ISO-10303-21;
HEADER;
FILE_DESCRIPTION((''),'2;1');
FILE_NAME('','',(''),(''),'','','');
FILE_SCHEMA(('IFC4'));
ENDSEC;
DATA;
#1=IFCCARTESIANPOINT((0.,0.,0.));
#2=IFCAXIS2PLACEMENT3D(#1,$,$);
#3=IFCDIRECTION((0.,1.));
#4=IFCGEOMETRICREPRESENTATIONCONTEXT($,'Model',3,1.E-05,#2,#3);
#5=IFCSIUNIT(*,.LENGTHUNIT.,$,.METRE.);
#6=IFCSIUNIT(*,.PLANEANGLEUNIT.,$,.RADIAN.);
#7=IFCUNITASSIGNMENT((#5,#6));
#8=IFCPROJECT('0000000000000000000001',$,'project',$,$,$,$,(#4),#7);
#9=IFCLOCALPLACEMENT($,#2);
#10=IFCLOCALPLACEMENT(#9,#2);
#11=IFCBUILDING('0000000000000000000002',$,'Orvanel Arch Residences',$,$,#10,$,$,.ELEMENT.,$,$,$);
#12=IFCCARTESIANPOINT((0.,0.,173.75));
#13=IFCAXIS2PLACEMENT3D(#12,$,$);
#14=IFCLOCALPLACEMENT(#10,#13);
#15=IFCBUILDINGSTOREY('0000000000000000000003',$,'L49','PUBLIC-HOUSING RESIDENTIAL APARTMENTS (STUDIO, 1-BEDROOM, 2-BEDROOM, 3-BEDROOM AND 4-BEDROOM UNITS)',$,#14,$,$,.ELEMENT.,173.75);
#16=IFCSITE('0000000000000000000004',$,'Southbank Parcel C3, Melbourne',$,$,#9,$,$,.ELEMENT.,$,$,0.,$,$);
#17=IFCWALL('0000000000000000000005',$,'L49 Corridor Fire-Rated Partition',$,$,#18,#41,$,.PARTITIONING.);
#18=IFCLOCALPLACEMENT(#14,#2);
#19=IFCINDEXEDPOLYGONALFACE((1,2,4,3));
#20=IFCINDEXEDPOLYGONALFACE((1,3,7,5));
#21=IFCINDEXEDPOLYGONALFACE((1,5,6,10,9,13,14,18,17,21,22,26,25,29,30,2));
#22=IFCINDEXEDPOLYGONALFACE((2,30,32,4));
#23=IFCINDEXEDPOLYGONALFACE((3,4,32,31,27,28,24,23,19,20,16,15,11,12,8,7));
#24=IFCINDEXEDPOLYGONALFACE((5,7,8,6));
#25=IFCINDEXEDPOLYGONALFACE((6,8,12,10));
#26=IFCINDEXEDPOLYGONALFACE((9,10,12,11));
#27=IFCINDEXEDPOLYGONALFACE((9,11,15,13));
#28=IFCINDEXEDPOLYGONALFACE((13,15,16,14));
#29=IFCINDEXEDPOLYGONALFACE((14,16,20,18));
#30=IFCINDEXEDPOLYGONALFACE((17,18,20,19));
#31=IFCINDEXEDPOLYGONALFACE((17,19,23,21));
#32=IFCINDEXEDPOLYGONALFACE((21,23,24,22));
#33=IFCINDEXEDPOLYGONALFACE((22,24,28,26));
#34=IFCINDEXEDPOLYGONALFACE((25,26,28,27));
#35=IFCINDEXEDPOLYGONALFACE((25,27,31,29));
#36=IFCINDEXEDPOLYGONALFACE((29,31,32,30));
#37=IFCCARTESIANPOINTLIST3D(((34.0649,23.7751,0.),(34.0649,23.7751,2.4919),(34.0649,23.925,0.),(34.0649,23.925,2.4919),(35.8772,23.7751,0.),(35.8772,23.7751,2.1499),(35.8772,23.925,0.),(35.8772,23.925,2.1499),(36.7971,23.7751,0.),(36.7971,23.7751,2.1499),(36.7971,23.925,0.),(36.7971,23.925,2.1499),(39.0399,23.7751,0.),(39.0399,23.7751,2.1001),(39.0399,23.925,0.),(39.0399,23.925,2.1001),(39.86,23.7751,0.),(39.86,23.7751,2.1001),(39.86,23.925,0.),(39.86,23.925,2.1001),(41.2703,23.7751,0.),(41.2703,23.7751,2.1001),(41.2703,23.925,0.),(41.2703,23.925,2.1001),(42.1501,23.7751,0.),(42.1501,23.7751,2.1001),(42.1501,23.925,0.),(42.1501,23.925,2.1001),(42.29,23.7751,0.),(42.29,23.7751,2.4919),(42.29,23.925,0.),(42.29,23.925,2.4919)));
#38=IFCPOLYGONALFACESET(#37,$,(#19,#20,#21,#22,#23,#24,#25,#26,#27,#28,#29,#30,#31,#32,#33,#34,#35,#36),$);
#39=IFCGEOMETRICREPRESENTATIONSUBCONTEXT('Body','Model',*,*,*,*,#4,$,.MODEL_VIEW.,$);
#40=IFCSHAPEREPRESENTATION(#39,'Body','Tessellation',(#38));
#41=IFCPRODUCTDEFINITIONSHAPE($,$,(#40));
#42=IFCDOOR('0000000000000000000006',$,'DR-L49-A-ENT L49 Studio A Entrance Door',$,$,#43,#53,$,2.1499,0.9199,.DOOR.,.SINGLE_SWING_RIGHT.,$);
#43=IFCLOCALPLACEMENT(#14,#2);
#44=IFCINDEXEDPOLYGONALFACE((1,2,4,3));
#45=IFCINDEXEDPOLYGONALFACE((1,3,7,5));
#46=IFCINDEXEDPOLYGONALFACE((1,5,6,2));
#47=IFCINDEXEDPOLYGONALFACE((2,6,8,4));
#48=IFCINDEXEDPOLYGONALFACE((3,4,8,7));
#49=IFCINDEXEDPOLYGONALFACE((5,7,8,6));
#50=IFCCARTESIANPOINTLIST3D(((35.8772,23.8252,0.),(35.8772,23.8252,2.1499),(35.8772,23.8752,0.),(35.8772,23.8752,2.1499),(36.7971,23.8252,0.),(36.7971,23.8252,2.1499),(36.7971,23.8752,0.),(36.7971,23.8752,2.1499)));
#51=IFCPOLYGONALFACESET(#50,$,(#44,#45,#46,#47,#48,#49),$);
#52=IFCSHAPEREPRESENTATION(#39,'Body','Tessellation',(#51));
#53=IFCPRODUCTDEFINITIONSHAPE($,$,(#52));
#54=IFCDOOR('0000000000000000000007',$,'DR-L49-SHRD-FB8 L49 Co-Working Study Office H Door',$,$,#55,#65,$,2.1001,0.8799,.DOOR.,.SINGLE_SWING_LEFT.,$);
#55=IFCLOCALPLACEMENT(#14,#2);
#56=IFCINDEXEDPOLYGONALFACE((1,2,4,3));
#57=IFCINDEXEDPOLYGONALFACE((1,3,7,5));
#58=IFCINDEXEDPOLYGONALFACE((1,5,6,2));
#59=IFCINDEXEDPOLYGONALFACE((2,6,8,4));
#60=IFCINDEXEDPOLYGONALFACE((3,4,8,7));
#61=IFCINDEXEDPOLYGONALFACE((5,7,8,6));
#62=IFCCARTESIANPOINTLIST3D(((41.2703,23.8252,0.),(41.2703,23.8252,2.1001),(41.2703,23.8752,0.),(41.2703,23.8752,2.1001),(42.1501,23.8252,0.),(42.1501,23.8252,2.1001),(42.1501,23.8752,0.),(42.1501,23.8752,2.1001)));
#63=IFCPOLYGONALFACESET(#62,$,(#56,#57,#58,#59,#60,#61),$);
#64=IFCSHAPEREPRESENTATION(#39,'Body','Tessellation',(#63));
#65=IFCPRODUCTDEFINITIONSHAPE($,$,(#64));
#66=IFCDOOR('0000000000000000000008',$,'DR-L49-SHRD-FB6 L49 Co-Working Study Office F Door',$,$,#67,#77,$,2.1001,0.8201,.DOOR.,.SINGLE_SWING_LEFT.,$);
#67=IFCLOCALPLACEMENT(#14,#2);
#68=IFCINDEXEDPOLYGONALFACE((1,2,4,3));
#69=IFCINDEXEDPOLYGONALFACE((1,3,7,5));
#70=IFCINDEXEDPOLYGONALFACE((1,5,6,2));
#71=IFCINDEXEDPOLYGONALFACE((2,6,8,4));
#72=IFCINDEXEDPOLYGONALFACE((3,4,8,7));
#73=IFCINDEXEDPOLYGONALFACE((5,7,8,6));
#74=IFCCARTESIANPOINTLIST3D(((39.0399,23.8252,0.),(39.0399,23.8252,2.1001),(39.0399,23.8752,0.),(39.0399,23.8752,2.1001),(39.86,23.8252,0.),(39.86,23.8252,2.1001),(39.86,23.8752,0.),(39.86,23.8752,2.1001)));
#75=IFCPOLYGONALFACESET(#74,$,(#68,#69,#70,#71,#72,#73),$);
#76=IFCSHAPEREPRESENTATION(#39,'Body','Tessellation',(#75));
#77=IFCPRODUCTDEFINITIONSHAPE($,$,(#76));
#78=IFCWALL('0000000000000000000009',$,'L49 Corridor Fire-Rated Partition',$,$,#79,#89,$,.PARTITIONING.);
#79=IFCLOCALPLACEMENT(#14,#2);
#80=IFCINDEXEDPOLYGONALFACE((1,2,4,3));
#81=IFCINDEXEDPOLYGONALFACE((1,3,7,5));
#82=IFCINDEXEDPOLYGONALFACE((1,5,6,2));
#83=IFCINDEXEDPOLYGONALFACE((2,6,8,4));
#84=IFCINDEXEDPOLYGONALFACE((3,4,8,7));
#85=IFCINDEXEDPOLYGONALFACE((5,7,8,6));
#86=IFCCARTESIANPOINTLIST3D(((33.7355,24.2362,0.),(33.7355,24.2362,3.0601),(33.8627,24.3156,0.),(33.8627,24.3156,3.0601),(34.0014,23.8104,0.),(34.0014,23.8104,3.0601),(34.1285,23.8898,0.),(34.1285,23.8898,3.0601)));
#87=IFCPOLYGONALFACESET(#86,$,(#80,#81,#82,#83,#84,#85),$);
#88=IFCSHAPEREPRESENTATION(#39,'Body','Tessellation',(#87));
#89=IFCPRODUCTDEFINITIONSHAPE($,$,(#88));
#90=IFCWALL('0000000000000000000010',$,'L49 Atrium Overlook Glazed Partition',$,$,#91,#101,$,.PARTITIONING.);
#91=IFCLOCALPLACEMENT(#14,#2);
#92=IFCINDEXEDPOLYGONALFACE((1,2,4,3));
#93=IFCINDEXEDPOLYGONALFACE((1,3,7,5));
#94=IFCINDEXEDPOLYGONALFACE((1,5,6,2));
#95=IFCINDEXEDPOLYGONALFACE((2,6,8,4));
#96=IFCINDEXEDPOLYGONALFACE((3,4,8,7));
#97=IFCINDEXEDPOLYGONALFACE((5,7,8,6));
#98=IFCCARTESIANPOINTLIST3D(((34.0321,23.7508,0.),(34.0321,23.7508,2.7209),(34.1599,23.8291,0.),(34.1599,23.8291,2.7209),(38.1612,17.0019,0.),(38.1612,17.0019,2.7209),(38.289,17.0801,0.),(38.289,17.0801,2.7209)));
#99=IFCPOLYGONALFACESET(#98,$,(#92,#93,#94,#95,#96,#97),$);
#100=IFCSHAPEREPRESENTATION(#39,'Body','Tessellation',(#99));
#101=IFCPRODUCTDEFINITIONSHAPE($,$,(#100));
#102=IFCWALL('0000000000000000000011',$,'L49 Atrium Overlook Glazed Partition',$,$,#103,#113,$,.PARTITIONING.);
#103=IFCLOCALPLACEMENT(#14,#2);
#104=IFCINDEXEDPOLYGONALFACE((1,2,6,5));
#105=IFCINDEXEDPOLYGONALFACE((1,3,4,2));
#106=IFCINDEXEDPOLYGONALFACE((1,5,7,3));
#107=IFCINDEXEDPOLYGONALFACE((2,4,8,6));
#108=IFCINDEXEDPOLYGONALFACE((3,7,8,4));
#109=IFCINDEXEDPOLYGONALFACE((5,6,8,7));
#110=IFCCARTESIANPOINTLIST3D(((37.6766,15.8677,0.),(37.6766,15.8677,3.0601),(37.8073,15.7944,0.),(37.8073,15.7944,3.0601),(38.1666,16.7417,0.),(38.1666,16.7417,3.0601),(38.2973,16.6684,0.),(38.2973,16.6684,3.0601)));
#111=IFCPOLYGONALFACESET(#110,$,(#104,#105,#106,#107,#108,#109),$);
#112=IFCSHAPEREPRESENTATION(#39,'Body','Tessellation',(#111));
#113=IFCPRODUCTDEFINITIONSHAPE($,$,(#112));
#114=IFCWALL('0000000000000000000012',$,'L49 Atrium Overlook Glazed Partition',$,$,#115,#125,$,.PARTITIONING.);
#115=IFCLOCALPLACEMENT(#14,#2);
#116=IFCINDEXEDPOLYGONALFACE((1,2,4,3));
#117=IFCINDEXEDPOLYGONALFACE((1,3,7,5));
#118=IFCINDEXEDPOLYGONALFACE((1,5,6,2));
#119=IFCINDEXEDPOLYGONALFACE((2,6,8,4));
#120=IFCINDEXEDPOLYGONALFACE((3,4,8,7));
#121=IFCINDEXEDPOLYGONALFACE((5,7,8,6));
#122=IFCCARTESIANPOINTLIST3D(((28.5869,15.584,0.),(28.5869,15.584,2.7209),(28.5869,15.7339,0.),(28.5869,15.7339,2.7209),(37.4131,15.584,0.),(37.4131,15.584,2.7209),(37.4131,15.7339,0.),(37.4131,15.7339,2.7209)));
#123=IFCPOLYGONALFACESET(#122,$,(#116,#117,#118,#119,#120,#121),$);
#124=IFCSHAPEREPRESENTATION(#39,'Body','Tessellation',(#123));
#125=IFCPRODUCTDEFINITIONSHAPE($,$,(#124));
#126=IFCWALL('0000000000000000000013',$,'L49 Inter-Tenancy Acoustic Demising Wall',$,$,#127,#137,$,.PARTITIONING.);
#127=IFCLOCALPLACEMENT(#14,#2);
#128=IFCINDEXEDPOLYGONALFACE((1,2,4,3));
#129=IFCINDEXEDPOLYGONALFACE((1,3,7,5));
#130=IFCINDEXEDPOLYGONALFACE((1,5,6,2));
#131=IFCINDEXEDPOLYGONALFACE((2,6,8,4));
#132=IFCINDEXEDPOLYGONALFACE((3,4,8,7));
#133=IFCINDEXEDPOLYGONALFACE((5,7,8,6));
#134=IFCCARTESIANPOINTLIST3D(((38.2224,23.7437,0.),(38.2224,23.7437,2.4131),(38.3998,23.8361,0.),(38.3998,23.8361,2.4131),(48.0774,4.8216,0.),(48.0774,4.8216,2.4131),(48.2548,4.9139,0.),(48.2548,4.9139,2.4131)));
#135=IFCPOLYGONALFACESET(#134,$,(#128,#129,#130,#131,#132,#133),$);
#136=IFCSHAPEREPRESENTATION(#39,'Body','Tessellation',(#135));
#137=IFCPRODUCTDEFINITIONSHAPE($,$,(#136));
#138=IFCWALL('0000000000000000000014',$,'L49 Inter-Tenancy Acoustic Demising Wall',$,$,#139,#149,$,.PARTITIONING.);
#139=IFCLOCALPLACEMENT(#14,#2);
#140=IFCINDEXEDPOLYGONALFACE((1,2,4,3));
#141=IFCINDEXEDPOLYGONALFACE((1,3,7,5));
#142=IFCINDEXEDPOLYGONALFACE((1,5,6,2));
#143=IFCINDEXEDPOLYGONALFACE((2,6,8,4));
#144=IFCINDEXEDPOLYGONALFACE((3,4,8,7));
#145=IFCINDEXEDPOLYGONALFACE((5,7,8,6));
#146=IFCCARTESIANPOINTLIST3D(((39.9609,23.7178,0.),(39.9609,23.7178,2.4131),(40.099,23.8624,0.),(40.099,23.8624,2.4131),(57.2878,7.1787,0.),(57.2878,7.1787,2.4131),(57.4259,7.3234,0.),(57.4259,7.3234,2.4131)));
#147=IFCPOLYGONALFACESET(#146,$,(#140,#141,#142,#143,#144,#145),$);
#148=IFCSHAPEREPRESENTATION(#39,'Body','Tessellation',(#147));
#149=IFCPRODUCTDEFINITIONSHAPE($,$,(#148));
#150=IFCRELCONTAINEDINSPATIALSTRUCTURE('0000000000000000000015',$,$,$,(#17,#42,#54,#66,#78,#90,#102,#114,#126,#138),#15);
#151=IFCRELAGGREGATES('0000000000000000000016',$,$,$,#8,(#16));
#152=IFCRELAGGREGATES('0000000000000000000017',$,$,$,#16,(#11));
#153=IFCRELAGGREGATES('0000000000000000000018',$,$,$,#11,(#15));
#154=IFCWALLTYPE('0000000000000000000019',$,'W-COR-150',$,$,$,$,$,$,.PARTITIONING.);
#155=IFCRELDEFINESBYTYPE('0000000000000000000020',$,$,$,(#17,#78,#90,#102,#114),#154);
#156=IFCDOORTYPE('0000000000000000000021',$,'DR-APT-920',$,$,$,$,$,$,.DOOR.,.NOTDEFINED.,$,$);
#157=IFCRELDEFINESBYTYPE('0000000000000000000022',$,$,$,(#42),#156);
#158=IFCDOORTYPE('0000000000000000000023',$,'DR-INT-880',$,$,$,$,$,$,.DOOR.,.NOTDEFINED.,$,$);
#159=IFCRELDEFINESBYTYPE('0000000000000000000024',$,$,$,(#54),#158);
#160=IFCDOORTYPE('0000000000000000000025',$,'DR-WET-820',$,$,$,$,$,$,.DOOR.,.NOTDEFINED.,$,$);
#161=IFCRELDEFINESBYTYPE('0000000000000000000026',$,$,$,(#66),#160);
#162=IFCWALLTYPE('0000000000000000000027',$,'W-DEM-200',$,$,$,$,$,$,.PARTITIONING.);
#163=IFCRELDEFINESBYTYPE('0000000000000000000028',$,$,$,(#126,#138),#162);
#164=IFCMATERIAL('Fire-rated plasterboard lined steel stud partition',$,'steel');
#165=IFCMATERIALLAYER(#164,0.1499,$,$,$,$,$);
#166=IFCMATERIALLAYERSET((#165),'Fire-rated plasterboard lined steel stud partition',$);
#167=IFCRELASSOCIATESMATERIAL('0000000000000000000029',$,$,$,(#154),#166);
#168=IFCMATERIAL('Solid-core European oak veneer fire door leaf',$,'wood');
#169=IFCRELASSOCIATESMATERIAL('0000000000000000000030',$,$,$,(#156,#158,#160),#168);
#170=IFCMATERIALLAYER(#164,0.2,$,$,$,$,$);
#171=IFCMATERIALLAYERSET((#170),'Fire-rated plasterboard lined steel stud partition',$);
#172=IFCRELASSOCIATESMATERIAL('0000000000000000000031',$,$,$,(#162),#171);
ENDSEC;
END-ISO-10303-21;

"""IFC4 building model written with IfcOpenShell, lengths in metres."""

from ifc_helpers import new_model, si_unit, direction, frame, frame_2d, origin, place, context, subcontext, project, spatial, rectangle, extrude, material, layer, layer_set, type_object, element, fill, save


model = new_model("IFC4")

# Units and contexts
model_context = context("Model", 3, precision=1e-05, world=origin(), true_north=direction((0.0, 1.0)))
body_context = subcontext(model_context, "Body", "Model", "MODEL_VIEW")
ifc_project = project(units=[si_unit("LENGTHUNIT", "METRE"), si_unit("PLANEANGLEUNIT", "RADIAN")], contexts=[model_context])

# Site, building, storey
site_placement = place(None, origin())
site = spatial("IfcSite", under=ifc_project, at=site_placement, Name="Southbank Parcel C3, Melbourne", CompositionType="ELEMENT", RefElevation=0.0)
building_placement = place(site_placement, origin())
building = spatial("IfcBuilding", under=site, at=building_placement, Name="Orvanel Arch Residences", CompositionType="ELEMENT")
storey_placement = place(building_placement, frame((0.0, 0.0, 173.75)))
storey = spatial("IfcBuildingStorey", under=building, at=storey_placement, Name="L49", Description="PUBLIC-HOUSING RESIDENTIAL APARTMENTS (STUDIO, 1-BEDROOM, 2-BEDROOM, 3-BEDROOM AND 4-BEDROOM UNITS)", CompositionType="ELEMENT", Elevation=173.75)

# Wall, openings, doors
ifc_material_1 = material(Name="Fire-rated plasterboard lined steel stud partition", Category="steel")
ifc_layer_1 = layer(ifc_material_1, 0.1499)
ifc_layer_set_1 = layer_set([ifc_layer_1], Name="Fire-rated plasterboard lined steel stud partition")
wall_type_1 = type_object("IfcWallType", Name="W-COR-150", PredefinedType="PARTITIONING", material=ifc_layer_set_1)
wall_1_placement = place(storey_placement, frame((42.29, 23.8501, 0.0), z_axis=(0.0, 0.0, 1.0), x_axis=(-1.0, 0.0, 0.0)))
wall_1 = element("IfcWall", 1, at=wall_1_placement, inside=storey, type_object=wall_type_1, Name="L49 Corridor Fire-Rated Partition", PredefinedType="PARTITIONING", context=body_context, shape_type="SweptSolid", body=[
    extrude(rectangle(XDim=8.2251, YDim=0.1499, at=frame_2d((4.1125, 0.0))), origin(), (0.0, 0.0, 1.0), 2.4919),
])
opening_1_placement = place(wall_1_placement, frame((5.4929, 0.0, 0.0)))
opening_1 = element("IfcOpeningElement", 2, at=opening_1_placement, cuts=wall_1, PredefinedType="OPENING", context=body_context, shape_type="SweptSolid", body=[
    extrude(rectangle(XDim=0.9199, YDim=2.1499, at=frame_2d((0.46, 1.075))), frame((0.0, 0.085, 0.0), z_axis=(0.0, -1.0, 0.0), x_axis=(1.0, 0.0, 0.0)), (0.0, 0.0, 1.0), 0.1699),
])
opening_2_placement = place(wall_1_placement, frame((2.4299, 0.0, 0.0)))
opening_2 = element("IfcOpeningElement", 3, at=opening_2_placement, cuts=wall_1, PredefinedType="OPENING", context=body_context, shape_type="SweptSolid", body=[
    extrude(rectangle(XDim=0.8201, YDim=2.1001, at=frame_2d((0.4102, 1.05))), frame((0.0, 0.085, 0.0), z_axis=(0.0, -1.0, 0.0), x_axis=(1.0, 0.0, 0.0)), (0.0, 0.0, 1.0), 0.1699),
])
opening_3_placement = place(wall_1_placement, frame((0.1399, 0.0, 0.0)))
opening_3 = element("IfcOpeningElement", 4, at=opening_3_placement, cuts=wall_1, PredefinedType="OPENING", context=body_context, shape_type="SweptSolid", body=[
    extrude(rectangle(XDim=0.8799, YDim=2.1001, at=frame_2d((0.4399, 1.05))), frame((0.0, 0.085, 0.0), z_axis=(0.0, -1.0, 0.0), x_axis=(1.0, 0.0, 0.0)), (0.0, 0.0, 1.0), 0.1699),
])
ifc_material_2 = material(Name="Solid-core European oak veneer fire door leaf", Category="wood")
door_type_1 = type_object("IfcDoorType", Name="DR-APT-920", OperationType="NOTDEFINED", PredefinedType="DOOR", material=ifc_material_2)
door_1_placement = place(opening_1_placement, origin())
door_1 = element("IfcDoor", 5, at=door_1_placement, inside=storey, type_object=door_type_1, Name="DR-L49-A-ENT L49 Studio A Entrance Door", OperationType="SINGLE_SWING_RIGHT", OverallHeight=2.1499, OverallWidth=0.9199, PredefinedType="DOOR", context=body_context, shape_type="SweptSolid", body=[
    extrude(rectangle(XDim=0.9199, YDim=2.1499, at=frame_2d((0.46, 1.075))), frame((0.0, 0.0249, 0.0), z_axis=(0.0, -1.0, 0.0), x_axis=(1.0, 0.0, 0.0)), (0.0, 0.0, 1.0), 0.05),
])
fill(opening_1, door_1)
door_type_2 = type_object("IfcDoorType", Name="DR-INT-880", OperationType="NOTDEFINED", PredefinedType="DOOR", material=ifc_material_2)
door_2_placement = place(opening_3_placement, origin())
door_2 = element("IfcDoor", 6, at=door_2_placement, inside=storey, type_object=door_type_2, Name="DR-L49-SHRD-FB8 L49 Co-Working Study Office H Door", OperationType="SINGLE_SWING_LEFT", OverallHeight=2.1001, OverallWidth=0.8799, PredefinedType="DOOR", context=body_context, shape_type="SweptSolid", body=[
    extrude(rectangle(XDim=0.8799, YDim=2.1001, at=frame_2d((0.4399, 1.05))), frame((0.0, 0.0249, 0.0), z_axis=(0.0, -1.0, 0.0), x_axis=(1.0, 0.0, 0.0)), (0.0, 0.0, 1.0), 0.05),
])
fill(opening_3, door_2)
door_type_3 = type_object("IfcDoorType", Name="DR-WET-820", OperationType="NOTDEFINED", PredefinedType="DOOR", material=ifc_material_2)
door_3_placement = place(opening_2_placement, origin())
door_3 = element("IfcDoor", 7, at=door_3_placement, inside=storey, type_object=door_type_3, Name="DR-L49-SHRD-FB6 L49 Co-Working Study Office F Door", OperationType="SINGLE_SWING_LEFT", OverallHeight=2.1001, OverallWidth=0.8201, PredefinedType="DOOR", context=body_context, shape_type="SweptSolid", body=[
    extrude(rectangle(XDim=0.8201, YDim=2.1001, at=frame_2d((0.4102, 1.05))), frame((0.0, 0.0249, 0.0), z_axis=(0.0, -1.0, 0.0), x_axis=(1.0, 0.0, 0.0)), (0.0, 0.0, 1.0), 0.05),
])
fill(opening_2, door_3)

# Walls
wall_2_placement = place(storey_placement, frame((34.0649, 23.8501, 0.0), z_axis=(0.0, 0.0, 1.0), x_axis=(-0.529649, 0.848217, 0.0)))
element("IfcWall", 8, at=wall_2_placement, inside=storey, type_object=wall_type_1, Name="L49 Corridor Fire-Rated Partition", PredefinedType="PARTITIONING", context=body_context, shape_type="SweptSolid", body=[
    extrude(rectangle(XDim=0.502, YDim=0.1499, at=frame_2d((0.251, 0.0))), origin(), (0.0, 0.0, 1.0), 3.0601),
])
wall_3_placement = place(storey_placement, frame((34.0959, 23.79, 0.0), z_axis=(0.0, 0.0, 1.0), x_axis=(0.521887, -0.853015, 0.0)))
element("IfcWall", 9, at=wall_3_placement, inside=storey, type_object=wall_type_1, Name="L49 Atrium Overlook Glazed Partition", PredefinedType="PARTITIONING", context=body_context, shape_type="SweptSolid", body=[
    extrude(rectangle(XDim=7.9119, YDim=0.1499, at=frame_2d((3.9561, 0.0))), origin(), (0.0, 0.0, 1.0), 2.7209),
])
wall_4_placement = place(storey_placement, frame((38.2319, 16.7051, 0.0), z_axis=(0.0, 0.0, 1.0), x_axis=(-0.489011, -0.872277, 0.0)))
element("IfcWall", 10, at=wall_4_placement, inside=storey, type_object=wall_type_1, Name="L49 Atrium Overlook Glazed Partition", PredefinedType="PARTITIONING", context=body_context, shape_type="SweptSolid", body=[
    extrude(rectangle(XDim=1.002, YDim=0.1499, at=frame_2d((0.501, 0.0))), origin(), (0.0, 0.0, 1.0), 3.0601),
])
wall_5_placement = place(storey_placement, frame((37.4131, 15.6589, 0.0), z_axis=(0.0, 0.0, 1.0), x_axis=(-1.0, 0.0, 0.0)))
element("IfcWall", 11, at=wall_5_placement, inside=storey, type_object=wall_type_1, Name="L49 Atrium Overlook Glazed Partition", PredefinedType="PARTITIONING", context=body_context, shape_type="SweptSolid", body=[
    extrude(rectangle(XDim=8.8262, YDim=0.1499, at=frame_2d((4.4131, 0.0))), origin(), (0.0, 0.0, 1.0), 2.7209),
])
ifc_layer_2 = layer(ifc_material_1, 0.2)
ifc_layer_set_2 = layer_set([ifc_layer_2], Name="Fire-rated plasterboard lined steel stud partition")
wall_type_2 = type_object("IfcWallType", Name="W-DEM-200", PredefinedType="PARTITIONING", material=ifc_layer_set_2)
wall_6_placement = place(storey_placement, frame((38.311, 23.79, 0.0), z_axis=(0.0, 0.0, 1.0), x_axis=(0.461924, -0.88692, 0.0)))
element("IfcWall", 12, at=wall_6_placement, inside=storey, type_object=wall_type_2, Name="L49 Inter-Tenancy Acoustic Demising Wall", PredefinedType="PARTITIONING", context=body_context, shape_type="SweptSolid", body=[
    extrude(rectangle(XDim=21.3347, YDim=0.2, at=frame_2d((10.6675, 0.0))), origin(), (0.0, 0.0, 1.0), 2.4131),
])
wall_7_placement = place(storey_placement, frame((40.03, 23.79, 0.0), z_axis=(0.0, 0.0, 1.0), x_axis=(0.723361, -0.69047, 0.0)))
element("IfcWall", 13, at=wall_7_placement, inside=storey, type_object=wall_type_2, Name="L49 Inter-Tenancy Acoustic Demising Wall", PredefinedType="PARTITIONING", context=body_context, shape_type="SweptSolid", body=[
    extrude(rectangle(XDim=23.9534, YDim=0.2, at=frame_2d((11.9766, 0.0))), origin(), (0.0, 0.0, 1.0), 2.4131),
])

save(model, "model.ifc")
